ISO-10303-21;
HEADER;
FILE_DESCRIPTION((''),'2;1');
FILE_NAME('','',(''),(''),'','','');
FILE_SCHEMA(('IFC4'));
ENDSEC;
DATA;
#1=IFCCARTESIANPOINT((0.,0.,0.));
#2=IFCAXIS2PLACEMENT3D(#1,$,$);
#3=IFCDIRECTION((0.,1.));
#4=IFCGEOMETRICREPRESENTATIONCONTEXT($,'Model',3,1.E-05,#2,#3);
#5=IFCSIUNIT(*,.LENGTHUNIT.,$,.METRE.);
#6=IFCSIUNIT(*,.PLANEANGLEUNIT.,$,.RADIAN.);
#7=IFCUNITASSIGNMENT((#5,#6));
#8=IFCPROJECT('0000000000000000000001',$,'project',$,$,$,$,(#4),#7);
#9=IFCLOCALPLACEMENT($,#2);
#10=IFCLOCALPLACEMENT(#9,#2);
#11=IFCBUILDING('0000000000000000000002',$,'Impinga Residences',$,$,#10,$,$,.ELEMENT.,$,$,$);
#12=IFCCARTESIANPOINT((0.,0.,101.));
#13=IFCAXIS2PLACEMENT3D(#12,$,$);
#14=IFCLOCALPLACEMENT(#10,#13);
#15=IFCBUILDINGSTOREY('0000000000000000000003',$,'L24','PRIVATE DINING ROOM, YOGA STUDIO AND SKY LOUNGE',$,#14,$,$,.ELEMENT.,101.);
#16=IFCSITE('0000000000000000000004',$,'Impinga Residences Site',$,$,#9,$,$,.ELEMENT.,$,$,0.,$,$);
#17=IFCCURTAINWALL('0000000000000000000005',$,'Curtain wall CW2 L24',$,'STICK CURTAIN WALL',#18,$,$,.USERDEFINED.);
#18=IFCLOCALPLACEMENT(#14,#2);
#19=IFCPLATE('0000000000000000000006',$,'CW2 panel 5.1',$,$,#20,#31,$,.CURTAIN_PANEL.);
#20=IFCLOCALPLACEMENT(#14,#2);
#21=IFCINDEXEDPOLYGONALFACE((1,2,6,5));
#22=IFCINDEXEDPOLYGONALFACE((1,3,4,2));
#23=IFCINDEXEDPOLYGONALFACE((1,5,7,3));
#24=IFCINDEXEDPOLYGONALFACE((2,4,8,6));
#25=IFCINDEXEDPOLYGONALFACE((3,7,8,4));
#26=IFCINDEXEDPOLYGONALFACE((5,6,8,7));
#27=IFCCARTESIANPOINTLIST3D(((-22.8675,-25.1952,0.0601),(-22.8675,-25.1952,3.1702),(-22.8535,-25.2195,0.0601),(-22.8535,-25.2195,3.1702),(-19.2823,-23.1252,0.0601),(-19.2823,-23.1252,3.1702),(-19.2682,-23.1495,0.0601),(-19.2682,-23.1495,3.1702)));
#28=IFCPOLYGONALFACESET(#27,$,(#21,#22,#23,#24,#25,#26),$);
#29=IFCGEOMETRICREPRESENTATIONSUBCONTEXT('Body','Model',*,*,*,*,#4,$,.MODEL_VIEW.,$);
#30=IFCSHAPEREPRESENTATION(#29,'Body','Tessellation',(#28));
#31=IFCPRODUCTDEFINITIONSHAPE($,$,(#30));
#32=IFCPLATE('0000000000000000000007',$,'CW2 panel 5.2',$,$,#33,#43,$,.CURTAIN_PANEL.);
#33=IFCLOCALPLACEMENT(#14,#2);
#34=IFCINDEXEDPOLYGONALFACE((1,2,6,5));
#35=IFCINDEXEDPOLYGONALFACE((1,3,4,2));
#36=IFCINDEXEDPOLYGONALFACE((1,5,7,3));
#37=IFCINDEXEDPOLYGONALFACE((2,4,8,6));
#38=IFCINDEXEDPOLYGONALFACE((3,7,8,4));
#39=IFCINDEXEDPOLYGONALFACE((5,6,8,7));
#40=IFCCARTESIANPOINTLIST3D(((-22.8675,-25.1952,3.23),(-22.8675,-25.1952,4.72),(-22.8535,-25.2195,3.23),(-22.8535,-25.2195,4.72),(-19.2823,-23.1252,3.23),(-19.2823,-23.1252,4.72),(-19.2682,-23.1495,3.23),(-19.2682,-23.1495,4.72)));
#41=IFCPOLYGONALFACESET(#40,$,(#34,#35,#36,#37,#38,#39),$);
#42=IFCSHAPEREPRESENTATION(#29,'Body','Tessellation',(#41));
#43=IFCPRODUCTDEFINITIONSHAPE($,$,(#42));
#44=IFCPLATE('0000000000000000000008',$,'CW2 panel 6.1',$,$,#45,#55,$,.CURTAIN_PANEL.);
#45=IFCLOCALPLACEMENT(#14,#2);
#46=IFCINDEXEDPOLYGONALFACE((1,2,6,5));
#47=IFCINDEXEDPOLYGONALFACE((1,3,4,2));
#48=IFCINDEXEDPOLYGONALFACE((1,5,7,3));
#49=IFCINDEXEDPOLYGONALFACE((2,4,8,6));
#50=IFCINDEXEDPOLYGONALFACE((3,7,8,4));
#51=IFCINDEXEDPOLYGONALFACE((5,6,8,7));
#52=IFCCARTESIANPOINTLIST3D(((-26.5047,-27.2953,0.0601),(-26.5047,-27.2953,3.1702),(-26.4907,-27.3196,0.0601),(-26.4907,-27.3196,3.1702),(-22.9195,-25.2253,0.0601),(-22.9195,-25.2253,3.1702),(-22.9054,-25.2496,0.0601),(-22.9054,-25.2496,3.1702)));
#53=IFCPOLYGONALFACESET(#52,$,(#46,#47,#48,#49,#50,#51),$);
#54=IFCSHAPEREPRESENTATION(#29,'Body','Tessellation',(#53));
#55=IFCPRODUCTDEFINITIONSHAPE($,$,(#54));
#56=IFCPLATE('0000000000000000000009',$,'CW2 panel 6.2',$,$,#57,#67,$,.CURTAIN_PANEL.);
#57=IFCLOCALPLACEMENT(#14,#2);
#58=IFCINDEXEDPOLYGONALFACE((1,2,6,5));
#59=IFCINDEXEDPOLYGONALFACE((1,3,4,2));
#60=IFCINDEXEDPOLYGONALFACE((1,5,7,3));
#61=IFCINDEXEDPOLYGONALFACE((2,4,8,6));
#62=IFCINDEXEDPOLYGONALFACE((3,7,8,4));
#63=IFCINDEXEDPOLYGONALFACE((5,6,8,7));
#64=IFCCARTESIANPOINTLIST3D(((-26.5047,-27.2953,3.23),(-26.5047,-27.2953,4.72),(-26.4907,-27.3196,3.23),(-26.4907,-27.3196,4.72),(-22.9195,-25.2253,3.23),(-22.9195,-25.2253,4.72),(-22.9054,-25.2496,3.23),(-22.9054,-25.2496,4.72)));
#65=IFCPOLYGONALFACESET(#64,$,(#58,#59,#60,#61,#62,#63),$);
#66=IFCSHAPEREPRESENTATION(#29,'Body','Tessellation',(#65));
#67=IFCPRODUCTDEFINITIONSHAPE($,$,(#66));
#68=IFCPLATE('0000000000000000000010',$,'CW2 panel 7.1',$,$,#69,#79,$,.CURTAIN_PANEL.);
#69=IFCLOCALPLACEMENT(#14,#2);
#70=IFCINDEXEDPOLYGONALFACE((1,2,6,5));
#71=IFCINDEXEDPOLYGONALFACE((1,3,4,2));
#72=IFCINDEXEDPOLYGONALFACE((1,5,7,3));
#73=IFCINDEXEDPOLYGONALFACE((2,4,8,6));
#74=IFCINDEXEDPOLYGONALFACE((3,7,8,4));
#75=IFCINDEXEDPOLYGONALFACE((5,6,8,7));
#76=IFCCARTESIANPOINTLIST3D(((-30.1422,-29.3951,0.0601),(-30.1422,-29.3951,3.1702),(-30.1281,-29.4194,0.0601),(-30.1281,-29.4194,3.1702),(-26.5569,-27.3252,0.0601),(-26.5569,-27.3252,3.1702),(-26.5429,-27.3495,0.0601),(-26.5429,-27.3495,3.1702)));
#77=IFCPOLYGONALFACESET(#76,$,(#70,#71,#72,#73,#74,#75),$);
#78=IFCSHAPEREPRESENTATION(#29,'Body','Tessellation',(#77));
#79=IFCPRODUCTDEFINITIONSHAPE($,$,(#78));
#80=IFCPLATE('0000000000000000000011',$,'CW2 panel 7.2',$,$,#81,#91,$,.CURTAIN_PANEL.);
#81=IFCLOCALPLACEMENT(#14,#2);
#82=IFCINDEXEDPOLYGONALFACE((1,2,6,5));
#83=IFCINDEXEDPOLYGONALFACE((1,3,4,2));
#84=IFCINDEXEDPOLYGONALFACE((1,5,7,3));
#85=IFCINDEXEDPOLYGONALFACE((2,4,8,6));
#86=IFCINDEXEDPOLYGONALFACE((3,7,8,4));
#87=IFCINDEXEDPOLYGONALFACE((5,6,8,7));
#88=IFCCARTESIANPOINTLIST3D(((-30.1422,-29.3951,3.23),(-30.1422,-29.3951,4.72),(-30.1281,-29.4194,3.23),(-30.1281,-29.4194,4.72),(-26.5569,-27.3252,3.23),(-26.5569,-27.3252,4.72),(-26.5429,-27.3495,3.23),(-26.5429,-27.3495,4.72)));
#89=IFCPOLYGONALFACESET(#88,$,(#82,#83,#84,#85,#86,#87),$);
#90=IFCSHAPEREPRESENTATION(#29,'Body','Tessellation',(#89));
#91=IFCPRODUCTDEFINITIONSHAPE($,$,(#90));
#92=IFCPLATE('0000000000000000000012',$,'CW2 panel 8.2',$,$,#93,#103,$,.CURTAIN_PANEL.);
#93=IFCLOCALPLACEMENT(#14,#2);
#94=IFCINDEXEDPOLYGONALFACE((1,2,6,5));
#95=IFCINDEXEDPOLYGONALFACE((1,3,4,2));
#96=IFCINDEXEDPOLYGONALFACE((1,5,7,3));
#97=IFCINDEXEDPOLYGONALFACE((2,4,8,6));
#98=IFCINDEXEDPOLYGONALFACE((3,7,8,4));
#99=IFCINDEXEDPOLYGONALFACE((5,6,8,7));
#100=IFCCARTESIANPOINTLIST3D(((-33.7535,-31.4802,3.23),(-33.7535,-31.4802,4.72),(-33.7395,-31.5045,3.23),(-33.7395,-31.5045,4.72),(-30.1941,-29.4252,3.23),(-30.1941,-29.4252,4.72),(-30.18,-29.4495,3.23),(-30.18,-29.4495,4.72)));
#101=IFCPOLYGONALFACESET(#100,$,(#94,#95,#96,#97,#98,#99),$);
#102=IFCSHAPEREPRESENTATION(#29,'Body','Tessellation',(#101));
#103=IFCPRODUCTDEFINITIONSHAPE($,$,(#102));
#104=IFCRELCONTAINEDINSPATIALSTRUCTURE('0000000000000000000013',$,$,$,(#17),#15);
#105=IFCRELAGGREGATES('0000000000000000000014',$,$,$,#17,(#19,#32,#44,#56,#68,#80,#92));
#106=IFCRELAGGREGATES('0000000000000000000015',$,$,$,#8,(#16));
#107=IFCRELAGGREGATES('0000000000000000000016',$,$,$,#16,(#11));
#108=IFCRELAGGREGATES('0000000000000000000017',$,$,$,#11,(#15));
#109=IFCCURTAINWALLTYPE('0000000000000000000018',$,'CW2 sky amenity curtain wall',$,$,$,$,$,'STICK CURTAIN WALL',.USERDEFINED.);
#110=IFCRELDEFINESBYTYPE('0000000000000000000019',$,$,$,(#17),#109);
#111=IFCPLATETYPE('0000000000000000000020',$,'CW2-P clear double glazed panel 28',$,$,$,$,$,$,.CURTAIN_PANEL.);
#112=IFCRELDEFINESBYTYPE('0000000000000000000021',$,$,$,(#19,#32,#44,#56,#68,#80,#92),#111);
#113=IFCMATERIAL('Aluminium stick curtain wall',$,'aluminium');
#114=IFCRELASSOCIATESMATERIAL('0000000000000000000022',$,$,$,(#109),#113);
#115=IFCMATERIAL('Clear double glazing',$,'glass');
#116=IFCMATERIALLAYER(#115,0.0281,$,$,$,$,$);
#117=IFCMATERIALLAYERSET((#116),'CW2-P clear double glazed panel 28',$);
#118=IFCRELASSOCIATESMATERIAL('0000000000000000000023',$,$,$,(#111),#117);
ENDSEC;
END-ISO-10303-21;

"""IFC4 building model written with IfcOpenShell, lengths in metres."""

from ifc_helpers import new_model, si_unit, direction, frame, origin, origin_2d, place, context, subcontext, project, spatial, rectangle, extrude, material, layer, layer_set, type_object, element, aggregate, save


model = new_model("IFC4")

# Units and contexts
model_context = context("Model", 3, precision=1e-05, world=origin(), true_north=direction((0.0, 1.0)))
body_context = subcontext(model_context, "Body", "Model", "MODEL_VIEW")
ifc_project = project(units=[si_unit("LENGTHUNIT", "METRE"), si_unit("PLANEANGLEUNIT", "RADIAN")], contexts=[model_context])

# Site, building, storey
site_placement = place(None, origin())
site = spatial("IfcSite", under=ifc_project, at=site_placement, Name="Impinga Residences Site", CompositionType="ELEMENT", RefElevation=0.0)
building_placement = place(site_placement, origin())
building = spatial("IfcBuilding", under=site, at=building_placement, Name="Impinga Residences", CompositionType="ELEMENT")
storey_placement = place(building_placement, frame((0.0, 0.0, 101.0)))
storey = spatial("IfcBuildingStorey", under=building, at=storey_placement, Name="L24", Description="PRIVATE DINING ROOM, YOGA STUDIO AND SKY LOUNGE", CompositionType="ELEMENT", Elevation=101.0)

# Curtain wall
ifc_material_1 = material(Name="Aluminium stick curtain wall", Category="aluminium")
curtain_wall_type = type_object("IfcCurtainWallType", Name="CW2 sky amenity curtain wall", ElementType="STICK CURTAIN WALL", PredefinedType="USERDEFINED", material=ifc_material_1)
curtain_wall_placement = place(storey_placement, origin())
curtain_wall = element("IfcCurtainWall", 1, at=curtain_wall_placement, inside=storey, type_object=curtain_wall_type, Name="Curtain wall CW2 L24", ObjectType="STICK CURTAIN WALL", PredefinedType="USERDEFINED")

# Plates
ifc_material_2 = material(Name="Clear double glazing", Category="glass")
ifc_layer = layer(ifc_material_2, 0.0281)
ifc_layer_set = layer_set([ifc_layer], Name="CW2-P clear double glazed panel 28")
plate_type = type_object("IfcPlateType", Name="CW2-P clear double glazed panel 28", PredefinedType="CURTAIN_PANEL", material=ifc_layer_set)
plate_1_placement = place(storey_placement, frame((-21.0679, -24.1724, 0.0601), z_axis=(0.0, 0.0, 1.0), x_axis=(-0.866025, -0.5, 0.0)))
plate_1 = element("IfcPlate", 2, at=plate_1_placement, type_object=plate_type, Name="CW2 panel 5.1", PredefinedType="CURTAIN_PANEL", context=body_context, shape_type="SweptSolid", body=[
    extrude(rectangle(XDim=4.1399, YDim=0.0281, at=origin_2d()), origin(), (0.0, 0.0, 1.0), 3.1101),
])
plate_2_placement = place(storey_placement, frame((-21.0679, -24.1724, 3.23), z_axis=(0.0, 0.0, 1.0), x_axis=(-0.866025, -0.5, 0.0)))
plate_2 = element("IfcPlate", 3, at=plate_2_placement, type_object=plate_type, Name="CW2 panel 5.2", PredefinedType="CURTAIN_PANEL", context=body_context, shape_type="SweptSolid", body=[
    extrude(rectangle(XDim=4.1399, YDim=0.0281, at=origin_2d()), origin(), (0.0, 0.0, 1.0), 1.49),
])
plate_3_placement = place(storey_placement, frame((-24.7051, -26.2725, 0.0601), z_axis=(0.0, 0.0, 1.0), x_axis=(-0.866025, -0.5, 0.0)))
plate_3 = element("IfcPlate", 4, at=plate_3_placement, type_object=plate_type, Name="CW2 panel 6.1", PredefinedType="CURTAIN_PANEL", context=body_context, shape_type="SweptSolid", body=[
    extrude(rectangle(XDim=4.1399, YDim=0.0281, at=origin_2d()), origin(), (0.0, 0.0, 1.0), 3.1101),
])
plate_4_placement = place(storey_placement, frame((-24.7051, -26.2725, 3.23), z_axis=(0.0, 0.0, 1.0), x_axis=(-0.866025, -0.5, 0.0)))
plate_4 = element("IfcPlate", 5, at=plate_4_placement, type_object=plate_type, Name="CW2 panel 6.2", PredefinedType="CURTAIN_PANEL", context=body_context, shape_type="SweptSolid", body=[
    extrude(rectangle(XDim=4.1399, YDim=0.0281, at=origin_2d()), origin(), (0.0, 0.0, 1.0), 1.49),
])
plate_5_placement = place(storey_placement, frame((-28.3425, -28.3723, 0.0601), z_axis=(0.0, 0.0, 1.0), x_axis=(-0.866025, -0.5, 0.0)))
plate_5 = element("IfcPlate", 6, at=plate_5_placement, type_object=plate_type, Name="CW2 panel 7.1", PredefinedType="CURTAIN_PANEL", context=body_context, shape_type="SweptSolid", body=[
    extrude(rectangle(XDim=4.1399, YDim=0.0281, at=origin_2d()), origin(), (0.0, 0.0, 1.0), 3.1101),
])
plate_6_placement = place(storey_placement, frame((-28.3425, -28.3723, 3.23), z_axis=(0.0, 0.0, 1.0), x_axis=(-0.866025, -0.5, 0.0)))
plate_6 = element("IfcPlate", 7, at=plate_6_placement, type_object=plate_type, Name="CW2 panel 7.2", PredefinedType="CURTAIN_PANEL", context=body_context, shape_type="SweptSolid", body=[
    extrude(rectangle(XDim=4.1399, YDim=0.0281, at=origin_2d()), origin(), (0.0, 0.0, 1.0), 1.49),
])
plate_7_placement = place(storey_placement, frame((-31.9668, -30.4648, 3.23), z_axis=(0.0, 0.0, 1.0), x_axis=(-0.866025, -0.5, 0.0)))
plate_7 = element("IfcPlate", 8, at=plate_7_placement, type_object=plate_type, Name="CW2 panel 8.2", PredefinedType="CURTAIN_PANEL", context=body_context, shape_type="SweptSolid", body=[
    extrude(rectangle(XDim=4.1101, YDim=0.0281, at=origin_2d()), origin(), (0.0, 0.0, 1.0), 1.49),
])
aggregate(curtain_wall, [plate_1, plate_2, plate_3, plate_4, plate_5, plate_6, plate_7])

save(model, "model.ifc")
